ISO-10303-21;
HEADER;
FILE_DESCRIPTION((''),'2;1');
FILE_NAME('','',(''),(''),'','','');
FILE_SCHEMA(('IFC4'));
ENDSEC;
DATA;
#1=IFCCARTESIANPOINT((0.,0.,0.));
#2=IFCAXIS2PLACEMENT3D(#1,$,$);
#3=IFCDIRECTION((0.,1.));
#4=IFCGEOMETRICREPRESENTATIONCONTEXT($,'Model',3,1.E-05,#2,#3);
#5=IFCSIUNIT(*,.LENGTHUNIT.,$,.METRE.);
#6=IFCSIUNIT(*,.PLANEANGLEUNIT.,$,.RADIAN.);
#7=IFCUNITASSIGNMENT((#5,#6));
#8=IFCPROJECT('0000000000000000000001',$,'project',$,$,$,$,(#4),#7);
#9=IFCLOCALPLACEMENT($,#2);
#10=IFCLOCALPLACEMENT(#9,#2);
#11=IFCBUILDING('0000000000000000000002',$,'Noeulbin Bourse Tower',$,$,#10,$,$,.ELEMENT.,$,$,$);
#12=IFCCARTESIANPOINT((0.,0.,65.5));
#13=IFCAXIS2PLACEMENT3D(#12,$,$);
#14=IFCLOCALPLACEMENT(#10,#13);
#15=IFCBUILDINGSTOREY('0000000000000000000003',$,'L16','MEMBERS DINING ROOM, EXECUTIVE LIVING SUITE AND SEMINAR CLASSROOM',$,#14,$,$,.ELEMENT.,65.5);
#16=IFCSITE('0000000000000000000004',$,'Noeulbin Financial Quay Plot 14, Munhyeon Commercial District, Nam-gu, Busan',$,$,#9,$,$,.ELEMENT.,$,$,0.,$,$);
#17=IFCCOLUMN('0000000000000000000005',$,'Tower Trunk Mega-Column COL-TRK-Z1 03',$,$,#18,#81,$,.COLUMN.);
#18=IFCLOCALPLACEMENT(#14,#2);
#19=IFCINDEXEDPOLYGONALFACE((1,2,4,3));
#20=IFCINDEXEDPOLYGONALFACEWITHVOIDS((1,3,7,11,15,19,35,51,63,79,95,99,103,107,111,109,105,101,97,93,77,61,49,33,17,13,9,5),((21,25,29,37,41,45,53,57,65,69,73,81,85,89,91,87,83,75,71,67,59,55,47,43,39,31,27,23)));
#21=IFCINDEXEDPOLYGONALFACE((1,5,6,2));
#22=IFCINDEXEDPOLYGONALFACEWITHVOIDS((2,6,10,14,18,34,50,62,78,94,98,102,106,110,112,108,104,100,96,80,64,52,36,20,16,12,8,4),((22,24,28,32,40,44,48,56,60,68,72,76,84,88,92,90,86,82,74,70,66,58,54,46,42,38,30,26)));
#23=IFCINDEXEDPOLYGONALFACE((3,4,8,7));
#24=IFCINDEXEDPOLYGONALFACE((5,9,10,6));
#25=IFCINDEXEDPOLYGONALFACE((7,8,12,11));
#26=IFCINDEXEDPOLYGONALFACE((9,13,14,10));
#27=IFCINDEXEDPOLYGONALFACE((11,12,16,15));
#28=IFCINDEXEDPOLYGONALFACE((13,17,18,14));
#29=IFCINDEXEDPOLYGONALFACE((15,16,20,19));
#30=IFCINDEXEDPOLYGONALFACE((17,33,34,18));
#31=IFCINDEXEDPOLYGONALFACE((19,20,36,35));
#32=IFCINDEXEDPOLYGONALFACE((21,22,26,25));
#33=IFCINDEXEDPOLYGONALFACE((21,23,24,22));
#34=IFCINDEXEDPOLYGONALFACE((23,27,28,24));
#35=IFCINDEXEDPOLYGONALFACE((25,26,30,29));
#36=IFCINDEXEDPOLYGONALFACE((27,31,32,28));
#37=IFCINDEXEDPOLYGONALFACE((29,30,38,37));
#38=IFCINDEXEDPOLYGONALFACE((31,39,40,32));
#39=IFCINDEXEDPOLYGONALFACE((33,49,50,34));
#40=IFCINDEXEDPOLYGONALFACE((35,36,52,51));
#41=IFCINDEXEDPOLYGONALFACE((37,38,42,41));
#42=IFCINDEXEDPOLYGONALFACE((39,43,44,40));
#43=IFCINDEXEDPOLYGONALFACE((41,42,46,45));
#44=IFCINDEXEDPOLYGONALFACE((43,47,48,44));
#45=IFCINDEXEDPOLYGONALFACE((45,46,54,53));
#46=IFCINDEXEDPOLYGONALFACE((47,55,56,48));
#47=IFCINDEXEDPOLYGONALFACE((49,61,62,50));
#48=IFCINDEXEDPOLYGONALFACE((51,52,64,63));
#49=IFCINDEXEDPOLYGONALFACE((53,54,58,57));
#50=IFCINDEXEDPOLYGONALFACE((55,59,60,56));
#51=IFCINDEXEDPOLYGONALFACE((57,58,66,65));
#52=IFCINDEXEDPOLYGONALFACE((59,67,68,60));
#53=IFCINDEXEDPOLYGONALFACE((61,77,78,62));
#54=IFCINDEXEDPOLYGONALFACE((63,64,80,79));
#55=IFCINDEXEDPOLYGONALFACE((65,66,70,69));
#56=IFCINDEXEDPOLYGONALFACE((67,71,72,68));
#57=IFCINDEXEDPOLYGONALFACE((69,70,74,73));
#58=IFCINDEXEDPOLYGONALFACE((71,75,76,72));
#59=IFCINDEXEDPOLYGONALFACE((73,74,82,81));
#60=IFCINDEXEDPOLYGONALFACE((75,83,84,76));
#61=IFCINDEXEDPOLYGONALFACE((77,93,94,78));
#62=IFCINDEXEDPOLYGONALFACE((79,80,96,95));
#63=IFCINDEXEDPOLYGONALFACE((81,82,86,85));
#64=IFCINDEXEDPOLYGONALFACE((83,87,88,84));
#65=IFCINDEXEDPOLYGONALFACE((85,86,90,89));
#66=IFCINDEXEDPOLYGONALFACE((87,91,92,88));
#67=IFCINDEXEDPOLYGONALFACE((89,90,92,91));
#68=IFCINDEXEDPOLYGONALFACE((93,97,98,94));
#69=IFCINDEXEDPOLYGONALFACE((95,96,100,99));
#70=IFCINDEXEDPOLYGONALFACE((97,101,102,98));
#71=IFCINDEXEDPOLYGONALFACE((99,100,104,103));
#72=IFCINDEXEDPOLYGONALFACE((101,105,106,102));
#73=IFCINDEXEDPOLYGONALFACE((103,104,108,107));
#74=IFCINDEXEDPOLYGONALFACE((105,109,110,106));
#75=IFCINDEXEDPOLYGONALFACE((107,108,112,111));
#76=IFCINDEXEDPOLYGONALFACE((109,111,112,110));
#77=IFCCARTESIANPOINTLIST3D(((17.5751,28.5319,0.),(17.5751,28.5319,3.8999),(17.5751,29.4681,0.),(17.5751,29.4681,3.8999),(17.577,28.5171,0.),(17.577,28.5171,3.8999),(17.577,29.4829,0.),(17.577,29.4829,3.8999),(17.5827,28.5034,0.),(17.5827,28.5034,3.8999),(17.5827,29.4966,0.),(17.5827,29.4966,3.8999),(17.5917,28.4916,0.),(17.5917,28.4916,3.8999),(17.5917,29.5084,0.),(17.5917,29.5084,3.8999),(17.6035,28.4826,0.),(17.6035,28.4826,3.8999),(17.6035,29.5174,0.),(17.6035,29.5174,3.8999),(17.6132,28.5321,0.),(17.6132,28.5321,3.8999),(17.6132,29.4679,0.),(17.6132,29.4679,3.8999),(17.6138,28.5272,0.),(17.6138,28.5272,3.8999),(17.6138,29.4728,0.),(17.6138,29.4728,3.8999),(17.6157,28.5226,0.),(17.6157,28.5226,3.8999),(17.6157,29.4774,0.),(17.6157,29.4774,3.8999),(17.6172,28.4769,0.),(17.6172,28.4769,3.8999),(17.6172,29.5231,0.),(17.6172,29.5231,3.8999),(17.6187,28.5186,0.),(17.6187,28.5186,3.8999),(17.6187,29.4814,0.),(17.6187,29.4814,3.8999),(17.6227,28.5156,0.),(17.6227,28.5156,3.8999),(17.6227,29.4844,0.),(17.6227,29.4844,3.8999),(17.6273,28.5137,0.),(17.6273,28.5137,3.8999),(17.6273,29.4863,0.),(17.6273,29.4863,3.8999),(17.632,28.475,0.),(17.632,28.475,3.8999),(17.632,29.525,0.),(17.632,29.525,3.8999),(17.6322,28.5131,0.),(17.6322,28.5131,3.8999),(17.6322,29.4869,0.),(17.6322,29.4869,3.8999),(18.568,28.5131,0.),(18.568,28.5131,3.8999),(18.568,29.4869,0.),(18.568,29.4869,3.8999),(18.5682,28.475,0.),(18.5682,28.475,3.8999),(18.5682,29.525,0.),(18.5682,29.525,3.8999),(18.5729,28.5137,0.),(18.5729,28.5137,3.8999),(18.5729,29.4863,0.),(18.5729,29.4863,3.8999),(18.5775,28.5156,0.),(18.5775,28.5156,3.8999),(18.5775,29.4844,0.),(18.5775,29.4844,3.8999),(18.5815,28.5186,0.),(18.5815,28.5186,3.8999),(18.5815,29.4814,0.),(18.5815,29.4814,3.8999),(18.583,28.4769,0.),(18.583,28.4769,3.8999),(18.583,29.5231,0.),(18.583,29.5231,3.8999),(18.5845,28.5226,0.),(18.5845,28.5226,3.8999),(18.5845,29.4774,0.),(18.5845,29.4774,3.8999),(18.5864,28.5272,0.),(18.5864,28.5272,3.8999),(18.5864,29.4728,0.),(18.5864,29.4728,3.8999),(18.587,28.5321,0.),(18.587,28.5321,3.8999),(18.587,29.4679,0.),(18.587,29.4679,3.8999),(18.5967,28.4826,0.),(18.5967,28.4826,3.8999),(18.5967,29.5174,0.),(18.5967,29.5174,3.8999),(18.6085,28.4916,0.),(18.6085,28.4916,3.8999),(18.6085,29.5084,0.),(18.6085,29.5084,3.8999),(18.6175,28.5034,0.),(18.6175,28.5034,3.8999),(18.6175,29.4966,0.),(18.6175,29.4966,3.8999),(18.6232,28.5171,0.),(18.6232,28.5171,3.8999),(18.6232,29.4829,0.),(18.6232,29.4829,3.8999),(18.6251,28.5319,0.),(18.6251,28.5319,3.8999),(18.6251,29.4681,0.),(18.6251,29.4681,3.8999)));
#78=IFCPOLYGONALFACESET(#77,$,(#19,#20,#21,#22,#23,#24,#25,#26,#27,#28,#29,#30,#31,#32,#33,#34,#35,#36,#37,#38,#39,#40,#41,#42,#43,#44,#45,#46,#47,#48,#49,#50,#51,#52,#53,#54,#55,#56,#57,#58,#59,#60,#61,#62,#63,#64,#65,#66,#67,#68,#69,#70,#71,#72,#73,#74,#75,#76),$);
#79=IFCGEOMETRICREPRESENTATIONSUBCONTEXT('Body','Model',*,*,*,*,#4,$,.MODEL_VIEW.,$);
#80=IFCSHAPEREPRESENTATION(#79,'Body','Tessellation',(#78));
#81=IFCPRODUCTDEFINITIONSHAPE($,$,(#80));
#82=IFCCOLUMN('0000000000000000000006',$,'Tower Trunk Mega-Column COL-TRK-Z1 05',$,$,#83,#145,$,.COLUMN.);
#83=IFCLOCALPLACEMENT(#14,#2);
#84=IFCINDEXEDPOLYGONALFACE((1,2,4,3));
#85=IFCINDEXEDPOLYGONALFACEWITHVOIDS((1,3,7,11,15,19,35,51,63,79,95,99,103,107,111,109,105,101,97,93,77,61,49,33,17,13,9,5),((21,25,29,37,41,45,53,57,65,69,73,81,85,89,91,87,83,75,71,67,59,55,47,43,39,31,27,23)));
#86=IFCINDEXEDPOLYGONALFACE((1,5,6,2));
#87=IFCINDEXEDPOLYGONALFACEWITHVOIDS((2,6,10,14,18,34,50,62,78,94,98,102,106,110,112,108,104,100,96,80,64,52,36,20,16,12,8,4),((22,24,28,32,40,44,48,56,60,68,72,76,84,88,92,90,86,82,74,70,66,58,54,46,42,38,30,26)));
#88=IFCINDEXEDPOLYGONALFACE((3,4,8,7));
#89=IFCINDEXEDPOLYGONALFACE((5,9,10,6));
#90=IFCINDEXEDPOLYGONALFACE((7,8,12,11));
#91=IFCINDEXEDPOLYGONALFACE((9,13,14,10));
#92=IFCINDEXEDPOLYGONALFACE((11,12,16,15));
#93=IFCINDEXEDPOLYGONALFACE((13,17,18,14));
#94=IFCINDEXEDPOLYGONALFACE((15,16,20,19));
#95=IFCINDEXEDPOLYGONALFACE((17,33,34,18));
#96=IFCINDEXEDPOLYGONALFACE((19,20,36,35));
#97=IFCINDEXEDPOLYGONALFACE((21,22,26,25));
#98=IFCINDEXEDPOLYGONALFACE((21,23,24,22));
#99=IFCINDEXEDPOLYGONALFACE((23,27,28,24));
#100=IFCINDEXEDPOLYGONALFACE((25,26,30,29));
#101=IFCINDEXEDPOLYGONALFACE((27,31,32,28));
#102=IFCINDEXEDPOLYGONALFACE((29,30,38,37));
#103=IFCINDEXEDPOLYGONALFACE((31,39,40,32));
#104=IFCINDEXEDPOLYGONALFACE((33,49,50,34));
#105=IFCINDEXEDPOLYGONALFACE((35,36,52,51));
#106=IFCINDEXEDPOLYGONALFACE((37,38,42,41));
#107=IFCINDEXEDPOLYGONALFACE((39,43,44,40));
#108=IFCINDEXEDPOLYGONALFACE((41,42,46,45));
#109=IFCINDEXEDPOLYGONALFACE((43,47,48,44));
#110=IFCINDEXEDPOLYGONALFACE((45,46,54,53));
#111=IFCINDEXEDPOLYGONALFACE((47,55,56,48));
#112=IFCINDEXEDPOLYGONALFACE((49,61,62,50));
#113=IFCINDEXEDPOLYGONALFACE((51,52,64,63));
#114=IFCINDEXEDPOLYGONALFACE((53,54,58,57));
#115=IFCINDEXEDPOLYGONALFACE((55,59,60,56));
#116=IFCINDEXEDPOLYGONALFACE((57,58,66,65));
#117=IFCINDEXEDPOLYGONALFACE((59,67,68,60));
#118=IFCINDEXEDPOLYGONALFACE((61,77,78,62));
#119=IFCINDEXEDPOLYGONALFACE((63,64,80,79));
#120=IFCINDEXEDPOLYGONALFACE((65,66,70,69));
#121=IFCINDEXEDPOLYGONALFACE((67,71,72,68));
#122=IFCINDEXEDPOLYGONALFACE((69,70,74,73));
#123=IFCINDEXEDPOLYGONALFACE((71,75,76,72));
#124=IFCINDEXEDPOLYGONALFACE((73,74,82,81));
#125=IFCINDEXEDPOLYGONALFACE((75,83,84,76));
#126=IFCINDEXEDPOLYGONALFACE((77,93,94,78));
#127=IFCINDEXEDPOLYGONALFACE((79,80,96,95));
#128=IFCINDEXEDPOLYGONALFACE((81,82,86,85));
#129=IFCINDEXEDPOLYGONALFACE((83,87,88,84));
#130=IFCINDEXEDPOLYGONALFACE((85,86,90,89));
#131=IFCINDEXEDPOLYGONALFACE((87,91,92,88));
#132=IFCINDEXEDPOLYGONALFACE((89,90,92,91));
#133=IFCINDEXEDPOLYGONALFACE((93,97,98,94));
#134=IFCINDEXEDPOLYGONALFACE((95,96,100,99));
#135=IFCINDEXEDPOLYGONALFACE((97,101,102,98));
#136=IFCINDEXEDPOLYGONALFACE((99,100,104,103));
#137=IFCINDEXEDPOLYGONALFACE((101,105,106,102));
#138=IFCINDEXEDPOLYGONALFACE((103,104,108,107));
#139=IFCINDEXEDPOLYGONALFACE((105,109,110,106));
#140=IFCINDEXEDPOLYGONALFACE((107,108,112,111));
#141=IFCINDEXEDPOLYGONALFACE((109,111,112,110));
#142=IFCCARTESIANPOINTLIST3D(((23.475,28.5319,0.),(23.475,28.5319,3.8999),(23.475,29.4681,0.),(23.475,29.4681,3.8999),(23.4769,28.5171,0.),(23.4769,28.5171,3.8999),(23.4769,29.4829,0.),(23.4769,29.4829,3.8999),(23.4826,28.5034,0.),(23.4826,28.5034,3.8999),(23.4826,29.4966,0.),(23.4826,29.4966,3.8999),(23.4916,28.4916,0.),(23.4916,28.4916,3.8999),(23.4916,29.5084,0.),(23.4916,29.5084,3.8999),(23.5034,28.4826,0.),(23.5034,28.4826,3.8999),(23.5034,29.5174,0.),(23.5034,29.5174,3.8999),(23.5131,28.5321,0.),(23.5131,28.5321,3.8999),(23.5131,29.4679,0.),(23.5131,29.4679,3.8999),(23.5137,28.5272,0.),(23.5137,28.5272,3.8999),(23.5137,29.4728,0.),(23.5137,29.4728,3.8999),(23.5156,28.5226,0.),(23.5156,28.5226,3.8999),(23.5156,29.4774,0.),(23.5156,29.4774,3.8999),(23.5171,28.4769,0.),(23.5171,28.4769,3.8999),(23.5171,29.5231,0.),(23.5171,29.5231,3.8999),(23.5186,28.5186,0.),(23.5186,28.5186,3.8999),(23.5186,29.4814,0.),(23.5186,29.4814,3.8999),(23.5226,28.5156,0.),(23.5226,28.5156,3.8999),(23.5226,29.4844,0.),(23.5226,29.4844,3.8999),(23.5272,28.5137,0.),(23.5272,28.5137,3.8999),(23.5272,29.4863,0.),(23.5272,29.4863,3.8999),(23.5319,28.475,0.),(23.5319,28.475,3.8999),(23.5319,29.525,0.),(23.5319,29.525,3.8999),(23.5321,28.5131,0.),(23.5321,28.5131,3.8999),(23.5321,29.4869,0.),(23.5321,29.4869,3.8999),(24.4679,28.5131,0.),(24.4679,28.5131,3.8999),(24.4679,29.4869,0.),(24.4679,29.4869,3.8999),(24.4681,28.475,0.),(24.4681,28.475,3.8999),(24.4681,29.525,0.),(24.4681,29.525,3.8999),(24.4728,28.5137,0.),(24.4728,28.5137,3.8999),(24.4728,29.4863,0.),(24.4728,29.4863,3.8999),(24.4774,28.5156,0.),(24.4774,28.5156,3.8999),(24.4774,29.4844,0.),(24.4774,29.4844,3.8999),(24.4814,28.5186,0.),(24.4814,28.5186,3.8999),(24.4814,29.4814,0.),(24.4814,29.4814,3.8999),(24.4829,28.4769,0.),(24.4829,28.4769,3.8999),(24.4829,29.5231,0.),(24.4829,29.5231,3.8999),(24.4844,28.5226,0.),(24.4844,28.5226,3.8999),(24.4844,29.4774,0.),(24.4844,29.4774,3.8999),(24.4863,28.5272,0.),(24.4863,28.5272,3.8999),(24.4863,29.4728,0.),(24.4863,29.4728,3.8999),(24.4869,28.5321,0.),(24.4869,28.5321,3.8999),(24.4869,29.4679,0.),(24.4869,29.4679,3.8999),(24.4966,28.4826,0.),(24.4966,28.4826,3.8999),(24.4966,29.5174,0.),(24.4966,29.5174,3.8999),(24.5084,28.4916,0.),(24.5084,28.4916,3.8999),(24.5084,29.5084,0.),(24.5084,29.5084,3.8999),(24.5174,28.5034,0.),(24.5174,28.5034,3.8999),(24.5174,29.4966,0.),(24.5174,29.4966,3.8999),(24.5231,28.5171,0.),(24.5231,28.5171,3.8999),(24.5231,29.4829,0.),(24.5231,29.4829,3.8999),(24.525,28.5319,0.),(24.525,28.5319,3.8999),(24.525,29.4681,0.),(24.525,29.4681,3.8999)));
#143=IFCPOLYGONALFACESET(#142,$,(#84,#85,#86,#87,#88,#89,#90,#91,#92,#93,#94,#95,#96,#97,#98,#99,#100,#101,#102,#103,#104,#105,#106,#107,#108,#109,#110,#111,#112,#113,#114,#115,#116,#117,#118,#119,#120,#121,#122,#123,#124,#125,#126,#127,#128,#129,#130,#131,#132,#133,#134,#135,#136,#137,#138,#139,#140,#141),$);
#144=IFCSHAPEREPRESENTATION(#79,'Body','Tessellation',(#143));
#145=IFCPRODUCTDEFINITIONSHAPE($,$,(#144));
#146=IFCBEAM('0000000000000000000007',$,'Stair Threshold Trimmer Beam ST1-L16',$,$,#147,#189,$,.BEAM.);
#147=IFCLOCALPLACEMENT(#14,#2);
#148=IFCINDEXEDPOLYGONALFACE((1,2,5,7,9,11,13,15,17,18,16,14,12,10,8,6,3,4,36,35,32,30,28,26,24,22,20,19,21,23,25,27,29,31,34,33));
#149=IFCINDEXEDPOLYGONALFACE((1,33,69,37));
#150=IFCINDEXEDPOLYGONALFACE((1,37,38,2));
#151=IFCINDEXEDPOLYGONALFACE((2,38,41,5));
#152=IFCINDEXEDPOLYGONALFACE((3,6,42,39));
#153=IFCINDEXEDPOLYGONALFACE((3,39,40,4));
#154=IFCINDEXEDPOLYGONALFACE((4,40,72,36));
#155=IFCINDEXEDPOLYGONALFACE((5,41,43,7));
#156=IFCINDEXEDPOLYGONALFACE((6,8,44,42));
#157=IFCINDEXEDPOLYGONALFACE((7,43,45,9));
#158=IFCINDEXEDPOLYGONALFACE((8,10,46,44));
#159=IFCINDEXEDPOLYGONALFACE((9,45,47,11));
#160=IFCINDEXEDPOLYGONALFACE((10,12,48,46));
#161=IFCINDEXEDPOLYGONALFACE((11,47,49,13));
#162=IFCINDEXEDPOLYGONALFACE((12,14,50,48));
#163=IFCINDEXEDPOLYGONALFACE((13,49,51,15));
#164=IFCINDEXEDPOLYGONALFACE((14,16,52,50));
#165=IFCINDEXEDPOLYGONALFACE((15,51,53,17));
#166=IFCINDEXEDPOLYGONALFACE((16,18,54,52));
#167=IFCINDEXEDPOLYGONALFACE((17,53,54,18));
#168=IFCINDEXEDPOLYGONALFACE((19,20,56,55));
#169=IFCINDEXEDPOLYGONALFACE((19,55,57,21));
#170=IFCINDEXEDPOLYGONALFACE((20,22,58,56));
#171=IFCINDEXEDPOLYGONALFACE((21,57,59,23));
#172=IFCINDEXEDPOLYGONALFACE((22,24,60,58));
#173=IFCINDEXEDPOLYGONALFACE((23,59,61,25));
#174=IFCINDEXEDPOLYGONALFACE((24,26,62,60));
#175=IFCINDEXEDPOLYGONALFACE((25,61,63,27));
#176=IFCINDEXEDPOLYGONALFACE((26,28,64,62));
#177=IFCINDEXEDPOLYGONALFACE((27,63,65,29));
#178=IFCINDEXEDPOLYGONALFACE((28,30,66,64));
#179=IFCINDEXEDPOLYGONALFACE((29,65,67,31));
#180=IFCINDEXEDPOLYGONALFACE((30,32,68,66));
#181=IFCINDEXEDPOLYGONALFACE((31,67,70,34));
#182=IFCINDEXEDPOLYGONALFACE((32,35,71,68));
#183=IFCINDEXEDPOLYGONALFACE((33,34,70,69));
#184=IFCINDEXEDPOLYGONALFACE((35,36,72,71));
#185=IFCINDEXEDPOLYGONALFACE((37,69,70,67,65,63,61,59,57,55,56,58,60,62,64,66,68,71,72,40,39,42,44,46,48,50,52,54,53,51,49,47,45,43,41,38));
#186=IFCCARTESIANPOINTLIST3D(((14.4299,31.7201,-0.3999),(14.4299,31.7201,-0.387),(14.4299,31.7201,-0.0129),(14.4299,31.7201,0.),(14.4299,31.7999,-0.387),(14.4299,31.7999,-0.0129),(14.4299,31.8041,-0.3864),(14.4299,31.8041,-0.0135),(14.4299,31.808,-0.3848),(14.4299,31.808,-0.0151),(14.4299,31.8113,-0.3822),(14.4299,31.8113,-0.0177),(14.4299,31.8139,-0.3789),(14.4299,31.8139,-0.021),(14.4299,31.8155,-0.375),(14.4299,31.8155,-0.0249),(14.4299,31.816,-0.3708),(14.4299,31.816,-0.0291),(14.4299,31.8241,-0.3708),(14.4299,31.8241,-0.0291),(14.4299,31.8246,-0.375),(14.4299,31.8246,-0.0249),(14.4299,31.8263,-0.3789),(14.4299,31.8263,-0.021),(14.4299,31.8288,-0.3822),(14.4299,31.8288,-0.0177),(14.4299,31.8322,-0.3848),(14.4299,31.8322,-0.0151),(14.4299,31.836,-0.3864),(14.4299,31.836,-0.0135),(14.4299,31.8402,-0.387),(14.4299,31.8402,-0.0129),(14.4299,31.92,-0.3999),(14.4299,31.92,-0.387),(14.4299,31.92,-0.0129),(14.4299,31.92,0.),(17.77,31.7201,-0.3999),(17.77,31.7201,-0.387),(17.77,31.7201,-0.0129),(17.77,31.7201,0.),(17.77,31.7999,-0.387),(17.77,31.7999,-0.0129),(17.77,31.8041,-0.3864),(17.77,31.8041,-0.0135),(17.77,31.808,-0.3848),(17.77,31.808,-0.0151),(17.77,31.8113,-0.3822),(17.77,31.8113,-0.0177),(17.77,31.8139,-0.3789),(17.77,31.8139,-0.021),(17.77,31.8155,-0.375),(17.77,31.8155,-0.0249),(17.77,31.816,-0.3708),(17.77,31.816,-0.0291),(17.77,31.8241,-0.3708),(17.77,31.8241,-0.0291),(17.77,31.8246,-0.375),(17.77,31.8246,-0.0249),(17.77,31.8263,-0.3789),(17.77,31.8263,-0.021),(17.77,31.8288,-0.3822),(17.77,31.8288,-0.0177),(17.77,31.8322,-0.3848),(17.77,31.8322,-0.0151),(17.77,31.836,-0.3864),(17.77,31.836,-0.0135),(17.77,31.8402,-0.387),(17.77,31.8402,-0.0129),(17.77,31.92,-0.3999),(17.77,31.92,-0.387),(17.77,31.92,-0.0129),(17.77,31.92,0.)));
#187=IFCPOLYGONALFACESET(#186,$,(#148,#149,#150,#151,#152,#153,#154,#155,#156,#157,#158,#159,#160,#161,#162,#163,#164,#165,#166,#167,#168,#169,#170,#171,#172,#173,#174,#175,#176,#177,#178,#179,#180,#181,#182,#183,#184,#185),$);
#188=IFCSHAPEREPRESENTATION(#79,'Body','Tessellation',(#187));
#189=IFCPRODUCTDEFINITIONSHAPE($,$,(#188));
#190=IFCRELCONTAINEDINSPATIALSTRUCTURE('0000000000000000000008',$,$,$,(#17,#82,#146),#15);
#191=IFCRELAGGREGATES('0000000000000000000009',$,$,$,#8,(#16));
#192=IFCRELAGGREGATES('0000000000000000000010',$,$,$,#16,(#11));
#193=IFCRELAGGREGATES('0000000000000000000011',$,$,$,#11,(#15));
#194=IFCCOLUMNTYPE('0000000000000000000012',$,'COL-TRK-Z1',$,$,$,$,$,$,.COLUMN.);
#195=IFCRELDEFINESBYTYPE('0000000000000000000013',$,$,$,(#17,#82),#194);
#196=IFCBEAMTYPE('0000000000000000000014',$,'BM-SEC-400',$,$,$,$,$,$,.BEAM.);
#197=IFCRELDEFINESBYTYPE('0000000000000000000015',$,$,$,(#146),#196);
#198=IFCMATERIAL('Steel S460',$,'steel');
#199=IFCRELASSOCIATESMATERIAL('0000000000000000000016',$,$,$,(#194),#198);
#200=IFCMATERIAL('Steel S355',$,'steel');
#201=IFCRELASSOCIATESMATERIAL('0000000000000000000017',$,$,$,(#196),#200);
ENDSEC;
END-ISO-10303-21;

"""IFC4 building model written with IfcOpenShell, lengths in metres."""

from ifc_helpers import new_model, si_unit, direction, frame, origin, origin_2d, place, context, subcontext, project, spatial, hollow_rectangle, i_section, extrude, material, material_profile, profile_set, type_object, element, save


model = new_model("IFC4")

# Units and contexts
model_context = context("Model", 3, precision=1e-05, world=origin(), true_north=direction((0.0, 1.0)))
body_context = subcontext(model_context, "Body", "Model", "MODEL_VIEW")
ifc_project = project(units=[si_unit("LENGTHUNIT", "METRE"), si_unit("PLANEANGLEUNIT", "RADIAN")], contexts=[model_context])

# Site, building, storey
site_placement = place(None, origin())
site = spatial("IfcSite", under=ifc_project, at=site_placement, Name="Noeulbin Financial Quay Plot 14, Munhyeon Commercial District, Nam-gu, Busan", CompositionType="ELEMENT", RefElevation=0.0)
building_placement = place(site_placement, origin())
building = spatial("IfcBuilding", under=site, at=building_placement, Name="Noeulbin Bourse Tower", CompositionType="ELEMENT")
storey_placement = place(building_placement, frame((0.0, 0.0, 65.5)))
storey = spatial("IfcBuildingStorey", under=building, at=storey_placement, Name="L16", Description="MEMBERS DINING ROOM, EXECUTIVE LIVING SUITE AND SEMINAR CLASSROOM", CompositionType="ELEMENT", Elevation=65.5)

# Columns
ifc_material_1 = material(Name="Steel S460", Category="steel")
ifc_material_profile_1 = material_profile(ifc_material_1, hollow_rectangle(XDim=1.05, YDim=1.05, WallThickness=0.0381, InnerFilletRadius=0.019, OuterFilletRadius=0.0569, at=origin_2d()), Name="BOX-1050x1050x38", Category="LoadBearing")
ifc_profile_set_1 = profile_set([ifc_material_profile_1], Name="Steel S460")
column_type = type_object("IfcColumnType", Name="COL-TRK-Z1", PredefinedType="COLUMN", material=ifc_profile_set_1)
for number, where, z_axis, x_axis, name in (
    (1, (18.1001, 29.0, 0.0), (0.0, 0.0, 1.0), (1.0, 0.0, 0.0), "Tower Trunk Mega-Column COL-TRK-Z1 03"),
    (2, (24.0, 29.0, 0.0), (0.0, 0.0, 1.0), (1.0, 0.0, 0.0), "Tower Trunk Mega-Column COL-TRK-Z1 05"),
):
    element("IfcColumn", number, at=place(storey_placement, frame(where, z_axis=z_axis, x_axis=x_axis)), inside=storey, type_object=column_type, Name=name, PredefinedType="COLUMN", context=body_context, shape_type="SweptSolid", body=[
        extrude(hollow_rectangle(XDim=1.05, YDim=1.05, WallThickness=0.0381, InnerFilletRadius=0.019, OuterFilletRadius=0.0569, at=origin_2d()), origin(), (0.0, 0.0, 1.0), 3.8999),
    ])

# Beam
ifc_material_2 = material(Name="Steel S355", Category="steel")
ifc_material_profile_2 = material_profile(ifc_material_2, i_section(OverallWidth=0.2, OverallDepth=0.3999, WebThickness=0.0081, FlangeThickness=0.0129, FilletRadius=0.0161, at=origin_2d()), Name="H-400x200x8x13", Category="LoadBearing")
ifc_profile_set_2 = profile_set([ifc_material_profile_2], Name="Steel S355")
beam_type = type_object("IfcBeamType", Name="BM-SEC-400", PredefinedType="BEAM", material=ifc_profile_set_2)
beam_placement = place(storey_placement, frame((14.4299, 31.8201, -0.2), z_axis=(1.0, 0.0, 0.0), x_axis=(0.0, 1.0, 0.0)))
element("IfcBeam", 3, at=beam_placement, inside=storey, type_object=beam_type, Name="Stair Threshold Trimmer Beam ST1-L16", PredefinedType="BEAM", context=body_context, shape_type="SweptSolid", body=[
    extrude(i_section(OverallWidth=0.2, OverallDepth=0.3999, WebThickness=0.0081, FlangeThickness=0.0129, FilletRadius=0.0161, at=origin_2d()), origin(), (0.0, 0.0, 1.0), 3.3401),
])

save(model, "model.ifc")
